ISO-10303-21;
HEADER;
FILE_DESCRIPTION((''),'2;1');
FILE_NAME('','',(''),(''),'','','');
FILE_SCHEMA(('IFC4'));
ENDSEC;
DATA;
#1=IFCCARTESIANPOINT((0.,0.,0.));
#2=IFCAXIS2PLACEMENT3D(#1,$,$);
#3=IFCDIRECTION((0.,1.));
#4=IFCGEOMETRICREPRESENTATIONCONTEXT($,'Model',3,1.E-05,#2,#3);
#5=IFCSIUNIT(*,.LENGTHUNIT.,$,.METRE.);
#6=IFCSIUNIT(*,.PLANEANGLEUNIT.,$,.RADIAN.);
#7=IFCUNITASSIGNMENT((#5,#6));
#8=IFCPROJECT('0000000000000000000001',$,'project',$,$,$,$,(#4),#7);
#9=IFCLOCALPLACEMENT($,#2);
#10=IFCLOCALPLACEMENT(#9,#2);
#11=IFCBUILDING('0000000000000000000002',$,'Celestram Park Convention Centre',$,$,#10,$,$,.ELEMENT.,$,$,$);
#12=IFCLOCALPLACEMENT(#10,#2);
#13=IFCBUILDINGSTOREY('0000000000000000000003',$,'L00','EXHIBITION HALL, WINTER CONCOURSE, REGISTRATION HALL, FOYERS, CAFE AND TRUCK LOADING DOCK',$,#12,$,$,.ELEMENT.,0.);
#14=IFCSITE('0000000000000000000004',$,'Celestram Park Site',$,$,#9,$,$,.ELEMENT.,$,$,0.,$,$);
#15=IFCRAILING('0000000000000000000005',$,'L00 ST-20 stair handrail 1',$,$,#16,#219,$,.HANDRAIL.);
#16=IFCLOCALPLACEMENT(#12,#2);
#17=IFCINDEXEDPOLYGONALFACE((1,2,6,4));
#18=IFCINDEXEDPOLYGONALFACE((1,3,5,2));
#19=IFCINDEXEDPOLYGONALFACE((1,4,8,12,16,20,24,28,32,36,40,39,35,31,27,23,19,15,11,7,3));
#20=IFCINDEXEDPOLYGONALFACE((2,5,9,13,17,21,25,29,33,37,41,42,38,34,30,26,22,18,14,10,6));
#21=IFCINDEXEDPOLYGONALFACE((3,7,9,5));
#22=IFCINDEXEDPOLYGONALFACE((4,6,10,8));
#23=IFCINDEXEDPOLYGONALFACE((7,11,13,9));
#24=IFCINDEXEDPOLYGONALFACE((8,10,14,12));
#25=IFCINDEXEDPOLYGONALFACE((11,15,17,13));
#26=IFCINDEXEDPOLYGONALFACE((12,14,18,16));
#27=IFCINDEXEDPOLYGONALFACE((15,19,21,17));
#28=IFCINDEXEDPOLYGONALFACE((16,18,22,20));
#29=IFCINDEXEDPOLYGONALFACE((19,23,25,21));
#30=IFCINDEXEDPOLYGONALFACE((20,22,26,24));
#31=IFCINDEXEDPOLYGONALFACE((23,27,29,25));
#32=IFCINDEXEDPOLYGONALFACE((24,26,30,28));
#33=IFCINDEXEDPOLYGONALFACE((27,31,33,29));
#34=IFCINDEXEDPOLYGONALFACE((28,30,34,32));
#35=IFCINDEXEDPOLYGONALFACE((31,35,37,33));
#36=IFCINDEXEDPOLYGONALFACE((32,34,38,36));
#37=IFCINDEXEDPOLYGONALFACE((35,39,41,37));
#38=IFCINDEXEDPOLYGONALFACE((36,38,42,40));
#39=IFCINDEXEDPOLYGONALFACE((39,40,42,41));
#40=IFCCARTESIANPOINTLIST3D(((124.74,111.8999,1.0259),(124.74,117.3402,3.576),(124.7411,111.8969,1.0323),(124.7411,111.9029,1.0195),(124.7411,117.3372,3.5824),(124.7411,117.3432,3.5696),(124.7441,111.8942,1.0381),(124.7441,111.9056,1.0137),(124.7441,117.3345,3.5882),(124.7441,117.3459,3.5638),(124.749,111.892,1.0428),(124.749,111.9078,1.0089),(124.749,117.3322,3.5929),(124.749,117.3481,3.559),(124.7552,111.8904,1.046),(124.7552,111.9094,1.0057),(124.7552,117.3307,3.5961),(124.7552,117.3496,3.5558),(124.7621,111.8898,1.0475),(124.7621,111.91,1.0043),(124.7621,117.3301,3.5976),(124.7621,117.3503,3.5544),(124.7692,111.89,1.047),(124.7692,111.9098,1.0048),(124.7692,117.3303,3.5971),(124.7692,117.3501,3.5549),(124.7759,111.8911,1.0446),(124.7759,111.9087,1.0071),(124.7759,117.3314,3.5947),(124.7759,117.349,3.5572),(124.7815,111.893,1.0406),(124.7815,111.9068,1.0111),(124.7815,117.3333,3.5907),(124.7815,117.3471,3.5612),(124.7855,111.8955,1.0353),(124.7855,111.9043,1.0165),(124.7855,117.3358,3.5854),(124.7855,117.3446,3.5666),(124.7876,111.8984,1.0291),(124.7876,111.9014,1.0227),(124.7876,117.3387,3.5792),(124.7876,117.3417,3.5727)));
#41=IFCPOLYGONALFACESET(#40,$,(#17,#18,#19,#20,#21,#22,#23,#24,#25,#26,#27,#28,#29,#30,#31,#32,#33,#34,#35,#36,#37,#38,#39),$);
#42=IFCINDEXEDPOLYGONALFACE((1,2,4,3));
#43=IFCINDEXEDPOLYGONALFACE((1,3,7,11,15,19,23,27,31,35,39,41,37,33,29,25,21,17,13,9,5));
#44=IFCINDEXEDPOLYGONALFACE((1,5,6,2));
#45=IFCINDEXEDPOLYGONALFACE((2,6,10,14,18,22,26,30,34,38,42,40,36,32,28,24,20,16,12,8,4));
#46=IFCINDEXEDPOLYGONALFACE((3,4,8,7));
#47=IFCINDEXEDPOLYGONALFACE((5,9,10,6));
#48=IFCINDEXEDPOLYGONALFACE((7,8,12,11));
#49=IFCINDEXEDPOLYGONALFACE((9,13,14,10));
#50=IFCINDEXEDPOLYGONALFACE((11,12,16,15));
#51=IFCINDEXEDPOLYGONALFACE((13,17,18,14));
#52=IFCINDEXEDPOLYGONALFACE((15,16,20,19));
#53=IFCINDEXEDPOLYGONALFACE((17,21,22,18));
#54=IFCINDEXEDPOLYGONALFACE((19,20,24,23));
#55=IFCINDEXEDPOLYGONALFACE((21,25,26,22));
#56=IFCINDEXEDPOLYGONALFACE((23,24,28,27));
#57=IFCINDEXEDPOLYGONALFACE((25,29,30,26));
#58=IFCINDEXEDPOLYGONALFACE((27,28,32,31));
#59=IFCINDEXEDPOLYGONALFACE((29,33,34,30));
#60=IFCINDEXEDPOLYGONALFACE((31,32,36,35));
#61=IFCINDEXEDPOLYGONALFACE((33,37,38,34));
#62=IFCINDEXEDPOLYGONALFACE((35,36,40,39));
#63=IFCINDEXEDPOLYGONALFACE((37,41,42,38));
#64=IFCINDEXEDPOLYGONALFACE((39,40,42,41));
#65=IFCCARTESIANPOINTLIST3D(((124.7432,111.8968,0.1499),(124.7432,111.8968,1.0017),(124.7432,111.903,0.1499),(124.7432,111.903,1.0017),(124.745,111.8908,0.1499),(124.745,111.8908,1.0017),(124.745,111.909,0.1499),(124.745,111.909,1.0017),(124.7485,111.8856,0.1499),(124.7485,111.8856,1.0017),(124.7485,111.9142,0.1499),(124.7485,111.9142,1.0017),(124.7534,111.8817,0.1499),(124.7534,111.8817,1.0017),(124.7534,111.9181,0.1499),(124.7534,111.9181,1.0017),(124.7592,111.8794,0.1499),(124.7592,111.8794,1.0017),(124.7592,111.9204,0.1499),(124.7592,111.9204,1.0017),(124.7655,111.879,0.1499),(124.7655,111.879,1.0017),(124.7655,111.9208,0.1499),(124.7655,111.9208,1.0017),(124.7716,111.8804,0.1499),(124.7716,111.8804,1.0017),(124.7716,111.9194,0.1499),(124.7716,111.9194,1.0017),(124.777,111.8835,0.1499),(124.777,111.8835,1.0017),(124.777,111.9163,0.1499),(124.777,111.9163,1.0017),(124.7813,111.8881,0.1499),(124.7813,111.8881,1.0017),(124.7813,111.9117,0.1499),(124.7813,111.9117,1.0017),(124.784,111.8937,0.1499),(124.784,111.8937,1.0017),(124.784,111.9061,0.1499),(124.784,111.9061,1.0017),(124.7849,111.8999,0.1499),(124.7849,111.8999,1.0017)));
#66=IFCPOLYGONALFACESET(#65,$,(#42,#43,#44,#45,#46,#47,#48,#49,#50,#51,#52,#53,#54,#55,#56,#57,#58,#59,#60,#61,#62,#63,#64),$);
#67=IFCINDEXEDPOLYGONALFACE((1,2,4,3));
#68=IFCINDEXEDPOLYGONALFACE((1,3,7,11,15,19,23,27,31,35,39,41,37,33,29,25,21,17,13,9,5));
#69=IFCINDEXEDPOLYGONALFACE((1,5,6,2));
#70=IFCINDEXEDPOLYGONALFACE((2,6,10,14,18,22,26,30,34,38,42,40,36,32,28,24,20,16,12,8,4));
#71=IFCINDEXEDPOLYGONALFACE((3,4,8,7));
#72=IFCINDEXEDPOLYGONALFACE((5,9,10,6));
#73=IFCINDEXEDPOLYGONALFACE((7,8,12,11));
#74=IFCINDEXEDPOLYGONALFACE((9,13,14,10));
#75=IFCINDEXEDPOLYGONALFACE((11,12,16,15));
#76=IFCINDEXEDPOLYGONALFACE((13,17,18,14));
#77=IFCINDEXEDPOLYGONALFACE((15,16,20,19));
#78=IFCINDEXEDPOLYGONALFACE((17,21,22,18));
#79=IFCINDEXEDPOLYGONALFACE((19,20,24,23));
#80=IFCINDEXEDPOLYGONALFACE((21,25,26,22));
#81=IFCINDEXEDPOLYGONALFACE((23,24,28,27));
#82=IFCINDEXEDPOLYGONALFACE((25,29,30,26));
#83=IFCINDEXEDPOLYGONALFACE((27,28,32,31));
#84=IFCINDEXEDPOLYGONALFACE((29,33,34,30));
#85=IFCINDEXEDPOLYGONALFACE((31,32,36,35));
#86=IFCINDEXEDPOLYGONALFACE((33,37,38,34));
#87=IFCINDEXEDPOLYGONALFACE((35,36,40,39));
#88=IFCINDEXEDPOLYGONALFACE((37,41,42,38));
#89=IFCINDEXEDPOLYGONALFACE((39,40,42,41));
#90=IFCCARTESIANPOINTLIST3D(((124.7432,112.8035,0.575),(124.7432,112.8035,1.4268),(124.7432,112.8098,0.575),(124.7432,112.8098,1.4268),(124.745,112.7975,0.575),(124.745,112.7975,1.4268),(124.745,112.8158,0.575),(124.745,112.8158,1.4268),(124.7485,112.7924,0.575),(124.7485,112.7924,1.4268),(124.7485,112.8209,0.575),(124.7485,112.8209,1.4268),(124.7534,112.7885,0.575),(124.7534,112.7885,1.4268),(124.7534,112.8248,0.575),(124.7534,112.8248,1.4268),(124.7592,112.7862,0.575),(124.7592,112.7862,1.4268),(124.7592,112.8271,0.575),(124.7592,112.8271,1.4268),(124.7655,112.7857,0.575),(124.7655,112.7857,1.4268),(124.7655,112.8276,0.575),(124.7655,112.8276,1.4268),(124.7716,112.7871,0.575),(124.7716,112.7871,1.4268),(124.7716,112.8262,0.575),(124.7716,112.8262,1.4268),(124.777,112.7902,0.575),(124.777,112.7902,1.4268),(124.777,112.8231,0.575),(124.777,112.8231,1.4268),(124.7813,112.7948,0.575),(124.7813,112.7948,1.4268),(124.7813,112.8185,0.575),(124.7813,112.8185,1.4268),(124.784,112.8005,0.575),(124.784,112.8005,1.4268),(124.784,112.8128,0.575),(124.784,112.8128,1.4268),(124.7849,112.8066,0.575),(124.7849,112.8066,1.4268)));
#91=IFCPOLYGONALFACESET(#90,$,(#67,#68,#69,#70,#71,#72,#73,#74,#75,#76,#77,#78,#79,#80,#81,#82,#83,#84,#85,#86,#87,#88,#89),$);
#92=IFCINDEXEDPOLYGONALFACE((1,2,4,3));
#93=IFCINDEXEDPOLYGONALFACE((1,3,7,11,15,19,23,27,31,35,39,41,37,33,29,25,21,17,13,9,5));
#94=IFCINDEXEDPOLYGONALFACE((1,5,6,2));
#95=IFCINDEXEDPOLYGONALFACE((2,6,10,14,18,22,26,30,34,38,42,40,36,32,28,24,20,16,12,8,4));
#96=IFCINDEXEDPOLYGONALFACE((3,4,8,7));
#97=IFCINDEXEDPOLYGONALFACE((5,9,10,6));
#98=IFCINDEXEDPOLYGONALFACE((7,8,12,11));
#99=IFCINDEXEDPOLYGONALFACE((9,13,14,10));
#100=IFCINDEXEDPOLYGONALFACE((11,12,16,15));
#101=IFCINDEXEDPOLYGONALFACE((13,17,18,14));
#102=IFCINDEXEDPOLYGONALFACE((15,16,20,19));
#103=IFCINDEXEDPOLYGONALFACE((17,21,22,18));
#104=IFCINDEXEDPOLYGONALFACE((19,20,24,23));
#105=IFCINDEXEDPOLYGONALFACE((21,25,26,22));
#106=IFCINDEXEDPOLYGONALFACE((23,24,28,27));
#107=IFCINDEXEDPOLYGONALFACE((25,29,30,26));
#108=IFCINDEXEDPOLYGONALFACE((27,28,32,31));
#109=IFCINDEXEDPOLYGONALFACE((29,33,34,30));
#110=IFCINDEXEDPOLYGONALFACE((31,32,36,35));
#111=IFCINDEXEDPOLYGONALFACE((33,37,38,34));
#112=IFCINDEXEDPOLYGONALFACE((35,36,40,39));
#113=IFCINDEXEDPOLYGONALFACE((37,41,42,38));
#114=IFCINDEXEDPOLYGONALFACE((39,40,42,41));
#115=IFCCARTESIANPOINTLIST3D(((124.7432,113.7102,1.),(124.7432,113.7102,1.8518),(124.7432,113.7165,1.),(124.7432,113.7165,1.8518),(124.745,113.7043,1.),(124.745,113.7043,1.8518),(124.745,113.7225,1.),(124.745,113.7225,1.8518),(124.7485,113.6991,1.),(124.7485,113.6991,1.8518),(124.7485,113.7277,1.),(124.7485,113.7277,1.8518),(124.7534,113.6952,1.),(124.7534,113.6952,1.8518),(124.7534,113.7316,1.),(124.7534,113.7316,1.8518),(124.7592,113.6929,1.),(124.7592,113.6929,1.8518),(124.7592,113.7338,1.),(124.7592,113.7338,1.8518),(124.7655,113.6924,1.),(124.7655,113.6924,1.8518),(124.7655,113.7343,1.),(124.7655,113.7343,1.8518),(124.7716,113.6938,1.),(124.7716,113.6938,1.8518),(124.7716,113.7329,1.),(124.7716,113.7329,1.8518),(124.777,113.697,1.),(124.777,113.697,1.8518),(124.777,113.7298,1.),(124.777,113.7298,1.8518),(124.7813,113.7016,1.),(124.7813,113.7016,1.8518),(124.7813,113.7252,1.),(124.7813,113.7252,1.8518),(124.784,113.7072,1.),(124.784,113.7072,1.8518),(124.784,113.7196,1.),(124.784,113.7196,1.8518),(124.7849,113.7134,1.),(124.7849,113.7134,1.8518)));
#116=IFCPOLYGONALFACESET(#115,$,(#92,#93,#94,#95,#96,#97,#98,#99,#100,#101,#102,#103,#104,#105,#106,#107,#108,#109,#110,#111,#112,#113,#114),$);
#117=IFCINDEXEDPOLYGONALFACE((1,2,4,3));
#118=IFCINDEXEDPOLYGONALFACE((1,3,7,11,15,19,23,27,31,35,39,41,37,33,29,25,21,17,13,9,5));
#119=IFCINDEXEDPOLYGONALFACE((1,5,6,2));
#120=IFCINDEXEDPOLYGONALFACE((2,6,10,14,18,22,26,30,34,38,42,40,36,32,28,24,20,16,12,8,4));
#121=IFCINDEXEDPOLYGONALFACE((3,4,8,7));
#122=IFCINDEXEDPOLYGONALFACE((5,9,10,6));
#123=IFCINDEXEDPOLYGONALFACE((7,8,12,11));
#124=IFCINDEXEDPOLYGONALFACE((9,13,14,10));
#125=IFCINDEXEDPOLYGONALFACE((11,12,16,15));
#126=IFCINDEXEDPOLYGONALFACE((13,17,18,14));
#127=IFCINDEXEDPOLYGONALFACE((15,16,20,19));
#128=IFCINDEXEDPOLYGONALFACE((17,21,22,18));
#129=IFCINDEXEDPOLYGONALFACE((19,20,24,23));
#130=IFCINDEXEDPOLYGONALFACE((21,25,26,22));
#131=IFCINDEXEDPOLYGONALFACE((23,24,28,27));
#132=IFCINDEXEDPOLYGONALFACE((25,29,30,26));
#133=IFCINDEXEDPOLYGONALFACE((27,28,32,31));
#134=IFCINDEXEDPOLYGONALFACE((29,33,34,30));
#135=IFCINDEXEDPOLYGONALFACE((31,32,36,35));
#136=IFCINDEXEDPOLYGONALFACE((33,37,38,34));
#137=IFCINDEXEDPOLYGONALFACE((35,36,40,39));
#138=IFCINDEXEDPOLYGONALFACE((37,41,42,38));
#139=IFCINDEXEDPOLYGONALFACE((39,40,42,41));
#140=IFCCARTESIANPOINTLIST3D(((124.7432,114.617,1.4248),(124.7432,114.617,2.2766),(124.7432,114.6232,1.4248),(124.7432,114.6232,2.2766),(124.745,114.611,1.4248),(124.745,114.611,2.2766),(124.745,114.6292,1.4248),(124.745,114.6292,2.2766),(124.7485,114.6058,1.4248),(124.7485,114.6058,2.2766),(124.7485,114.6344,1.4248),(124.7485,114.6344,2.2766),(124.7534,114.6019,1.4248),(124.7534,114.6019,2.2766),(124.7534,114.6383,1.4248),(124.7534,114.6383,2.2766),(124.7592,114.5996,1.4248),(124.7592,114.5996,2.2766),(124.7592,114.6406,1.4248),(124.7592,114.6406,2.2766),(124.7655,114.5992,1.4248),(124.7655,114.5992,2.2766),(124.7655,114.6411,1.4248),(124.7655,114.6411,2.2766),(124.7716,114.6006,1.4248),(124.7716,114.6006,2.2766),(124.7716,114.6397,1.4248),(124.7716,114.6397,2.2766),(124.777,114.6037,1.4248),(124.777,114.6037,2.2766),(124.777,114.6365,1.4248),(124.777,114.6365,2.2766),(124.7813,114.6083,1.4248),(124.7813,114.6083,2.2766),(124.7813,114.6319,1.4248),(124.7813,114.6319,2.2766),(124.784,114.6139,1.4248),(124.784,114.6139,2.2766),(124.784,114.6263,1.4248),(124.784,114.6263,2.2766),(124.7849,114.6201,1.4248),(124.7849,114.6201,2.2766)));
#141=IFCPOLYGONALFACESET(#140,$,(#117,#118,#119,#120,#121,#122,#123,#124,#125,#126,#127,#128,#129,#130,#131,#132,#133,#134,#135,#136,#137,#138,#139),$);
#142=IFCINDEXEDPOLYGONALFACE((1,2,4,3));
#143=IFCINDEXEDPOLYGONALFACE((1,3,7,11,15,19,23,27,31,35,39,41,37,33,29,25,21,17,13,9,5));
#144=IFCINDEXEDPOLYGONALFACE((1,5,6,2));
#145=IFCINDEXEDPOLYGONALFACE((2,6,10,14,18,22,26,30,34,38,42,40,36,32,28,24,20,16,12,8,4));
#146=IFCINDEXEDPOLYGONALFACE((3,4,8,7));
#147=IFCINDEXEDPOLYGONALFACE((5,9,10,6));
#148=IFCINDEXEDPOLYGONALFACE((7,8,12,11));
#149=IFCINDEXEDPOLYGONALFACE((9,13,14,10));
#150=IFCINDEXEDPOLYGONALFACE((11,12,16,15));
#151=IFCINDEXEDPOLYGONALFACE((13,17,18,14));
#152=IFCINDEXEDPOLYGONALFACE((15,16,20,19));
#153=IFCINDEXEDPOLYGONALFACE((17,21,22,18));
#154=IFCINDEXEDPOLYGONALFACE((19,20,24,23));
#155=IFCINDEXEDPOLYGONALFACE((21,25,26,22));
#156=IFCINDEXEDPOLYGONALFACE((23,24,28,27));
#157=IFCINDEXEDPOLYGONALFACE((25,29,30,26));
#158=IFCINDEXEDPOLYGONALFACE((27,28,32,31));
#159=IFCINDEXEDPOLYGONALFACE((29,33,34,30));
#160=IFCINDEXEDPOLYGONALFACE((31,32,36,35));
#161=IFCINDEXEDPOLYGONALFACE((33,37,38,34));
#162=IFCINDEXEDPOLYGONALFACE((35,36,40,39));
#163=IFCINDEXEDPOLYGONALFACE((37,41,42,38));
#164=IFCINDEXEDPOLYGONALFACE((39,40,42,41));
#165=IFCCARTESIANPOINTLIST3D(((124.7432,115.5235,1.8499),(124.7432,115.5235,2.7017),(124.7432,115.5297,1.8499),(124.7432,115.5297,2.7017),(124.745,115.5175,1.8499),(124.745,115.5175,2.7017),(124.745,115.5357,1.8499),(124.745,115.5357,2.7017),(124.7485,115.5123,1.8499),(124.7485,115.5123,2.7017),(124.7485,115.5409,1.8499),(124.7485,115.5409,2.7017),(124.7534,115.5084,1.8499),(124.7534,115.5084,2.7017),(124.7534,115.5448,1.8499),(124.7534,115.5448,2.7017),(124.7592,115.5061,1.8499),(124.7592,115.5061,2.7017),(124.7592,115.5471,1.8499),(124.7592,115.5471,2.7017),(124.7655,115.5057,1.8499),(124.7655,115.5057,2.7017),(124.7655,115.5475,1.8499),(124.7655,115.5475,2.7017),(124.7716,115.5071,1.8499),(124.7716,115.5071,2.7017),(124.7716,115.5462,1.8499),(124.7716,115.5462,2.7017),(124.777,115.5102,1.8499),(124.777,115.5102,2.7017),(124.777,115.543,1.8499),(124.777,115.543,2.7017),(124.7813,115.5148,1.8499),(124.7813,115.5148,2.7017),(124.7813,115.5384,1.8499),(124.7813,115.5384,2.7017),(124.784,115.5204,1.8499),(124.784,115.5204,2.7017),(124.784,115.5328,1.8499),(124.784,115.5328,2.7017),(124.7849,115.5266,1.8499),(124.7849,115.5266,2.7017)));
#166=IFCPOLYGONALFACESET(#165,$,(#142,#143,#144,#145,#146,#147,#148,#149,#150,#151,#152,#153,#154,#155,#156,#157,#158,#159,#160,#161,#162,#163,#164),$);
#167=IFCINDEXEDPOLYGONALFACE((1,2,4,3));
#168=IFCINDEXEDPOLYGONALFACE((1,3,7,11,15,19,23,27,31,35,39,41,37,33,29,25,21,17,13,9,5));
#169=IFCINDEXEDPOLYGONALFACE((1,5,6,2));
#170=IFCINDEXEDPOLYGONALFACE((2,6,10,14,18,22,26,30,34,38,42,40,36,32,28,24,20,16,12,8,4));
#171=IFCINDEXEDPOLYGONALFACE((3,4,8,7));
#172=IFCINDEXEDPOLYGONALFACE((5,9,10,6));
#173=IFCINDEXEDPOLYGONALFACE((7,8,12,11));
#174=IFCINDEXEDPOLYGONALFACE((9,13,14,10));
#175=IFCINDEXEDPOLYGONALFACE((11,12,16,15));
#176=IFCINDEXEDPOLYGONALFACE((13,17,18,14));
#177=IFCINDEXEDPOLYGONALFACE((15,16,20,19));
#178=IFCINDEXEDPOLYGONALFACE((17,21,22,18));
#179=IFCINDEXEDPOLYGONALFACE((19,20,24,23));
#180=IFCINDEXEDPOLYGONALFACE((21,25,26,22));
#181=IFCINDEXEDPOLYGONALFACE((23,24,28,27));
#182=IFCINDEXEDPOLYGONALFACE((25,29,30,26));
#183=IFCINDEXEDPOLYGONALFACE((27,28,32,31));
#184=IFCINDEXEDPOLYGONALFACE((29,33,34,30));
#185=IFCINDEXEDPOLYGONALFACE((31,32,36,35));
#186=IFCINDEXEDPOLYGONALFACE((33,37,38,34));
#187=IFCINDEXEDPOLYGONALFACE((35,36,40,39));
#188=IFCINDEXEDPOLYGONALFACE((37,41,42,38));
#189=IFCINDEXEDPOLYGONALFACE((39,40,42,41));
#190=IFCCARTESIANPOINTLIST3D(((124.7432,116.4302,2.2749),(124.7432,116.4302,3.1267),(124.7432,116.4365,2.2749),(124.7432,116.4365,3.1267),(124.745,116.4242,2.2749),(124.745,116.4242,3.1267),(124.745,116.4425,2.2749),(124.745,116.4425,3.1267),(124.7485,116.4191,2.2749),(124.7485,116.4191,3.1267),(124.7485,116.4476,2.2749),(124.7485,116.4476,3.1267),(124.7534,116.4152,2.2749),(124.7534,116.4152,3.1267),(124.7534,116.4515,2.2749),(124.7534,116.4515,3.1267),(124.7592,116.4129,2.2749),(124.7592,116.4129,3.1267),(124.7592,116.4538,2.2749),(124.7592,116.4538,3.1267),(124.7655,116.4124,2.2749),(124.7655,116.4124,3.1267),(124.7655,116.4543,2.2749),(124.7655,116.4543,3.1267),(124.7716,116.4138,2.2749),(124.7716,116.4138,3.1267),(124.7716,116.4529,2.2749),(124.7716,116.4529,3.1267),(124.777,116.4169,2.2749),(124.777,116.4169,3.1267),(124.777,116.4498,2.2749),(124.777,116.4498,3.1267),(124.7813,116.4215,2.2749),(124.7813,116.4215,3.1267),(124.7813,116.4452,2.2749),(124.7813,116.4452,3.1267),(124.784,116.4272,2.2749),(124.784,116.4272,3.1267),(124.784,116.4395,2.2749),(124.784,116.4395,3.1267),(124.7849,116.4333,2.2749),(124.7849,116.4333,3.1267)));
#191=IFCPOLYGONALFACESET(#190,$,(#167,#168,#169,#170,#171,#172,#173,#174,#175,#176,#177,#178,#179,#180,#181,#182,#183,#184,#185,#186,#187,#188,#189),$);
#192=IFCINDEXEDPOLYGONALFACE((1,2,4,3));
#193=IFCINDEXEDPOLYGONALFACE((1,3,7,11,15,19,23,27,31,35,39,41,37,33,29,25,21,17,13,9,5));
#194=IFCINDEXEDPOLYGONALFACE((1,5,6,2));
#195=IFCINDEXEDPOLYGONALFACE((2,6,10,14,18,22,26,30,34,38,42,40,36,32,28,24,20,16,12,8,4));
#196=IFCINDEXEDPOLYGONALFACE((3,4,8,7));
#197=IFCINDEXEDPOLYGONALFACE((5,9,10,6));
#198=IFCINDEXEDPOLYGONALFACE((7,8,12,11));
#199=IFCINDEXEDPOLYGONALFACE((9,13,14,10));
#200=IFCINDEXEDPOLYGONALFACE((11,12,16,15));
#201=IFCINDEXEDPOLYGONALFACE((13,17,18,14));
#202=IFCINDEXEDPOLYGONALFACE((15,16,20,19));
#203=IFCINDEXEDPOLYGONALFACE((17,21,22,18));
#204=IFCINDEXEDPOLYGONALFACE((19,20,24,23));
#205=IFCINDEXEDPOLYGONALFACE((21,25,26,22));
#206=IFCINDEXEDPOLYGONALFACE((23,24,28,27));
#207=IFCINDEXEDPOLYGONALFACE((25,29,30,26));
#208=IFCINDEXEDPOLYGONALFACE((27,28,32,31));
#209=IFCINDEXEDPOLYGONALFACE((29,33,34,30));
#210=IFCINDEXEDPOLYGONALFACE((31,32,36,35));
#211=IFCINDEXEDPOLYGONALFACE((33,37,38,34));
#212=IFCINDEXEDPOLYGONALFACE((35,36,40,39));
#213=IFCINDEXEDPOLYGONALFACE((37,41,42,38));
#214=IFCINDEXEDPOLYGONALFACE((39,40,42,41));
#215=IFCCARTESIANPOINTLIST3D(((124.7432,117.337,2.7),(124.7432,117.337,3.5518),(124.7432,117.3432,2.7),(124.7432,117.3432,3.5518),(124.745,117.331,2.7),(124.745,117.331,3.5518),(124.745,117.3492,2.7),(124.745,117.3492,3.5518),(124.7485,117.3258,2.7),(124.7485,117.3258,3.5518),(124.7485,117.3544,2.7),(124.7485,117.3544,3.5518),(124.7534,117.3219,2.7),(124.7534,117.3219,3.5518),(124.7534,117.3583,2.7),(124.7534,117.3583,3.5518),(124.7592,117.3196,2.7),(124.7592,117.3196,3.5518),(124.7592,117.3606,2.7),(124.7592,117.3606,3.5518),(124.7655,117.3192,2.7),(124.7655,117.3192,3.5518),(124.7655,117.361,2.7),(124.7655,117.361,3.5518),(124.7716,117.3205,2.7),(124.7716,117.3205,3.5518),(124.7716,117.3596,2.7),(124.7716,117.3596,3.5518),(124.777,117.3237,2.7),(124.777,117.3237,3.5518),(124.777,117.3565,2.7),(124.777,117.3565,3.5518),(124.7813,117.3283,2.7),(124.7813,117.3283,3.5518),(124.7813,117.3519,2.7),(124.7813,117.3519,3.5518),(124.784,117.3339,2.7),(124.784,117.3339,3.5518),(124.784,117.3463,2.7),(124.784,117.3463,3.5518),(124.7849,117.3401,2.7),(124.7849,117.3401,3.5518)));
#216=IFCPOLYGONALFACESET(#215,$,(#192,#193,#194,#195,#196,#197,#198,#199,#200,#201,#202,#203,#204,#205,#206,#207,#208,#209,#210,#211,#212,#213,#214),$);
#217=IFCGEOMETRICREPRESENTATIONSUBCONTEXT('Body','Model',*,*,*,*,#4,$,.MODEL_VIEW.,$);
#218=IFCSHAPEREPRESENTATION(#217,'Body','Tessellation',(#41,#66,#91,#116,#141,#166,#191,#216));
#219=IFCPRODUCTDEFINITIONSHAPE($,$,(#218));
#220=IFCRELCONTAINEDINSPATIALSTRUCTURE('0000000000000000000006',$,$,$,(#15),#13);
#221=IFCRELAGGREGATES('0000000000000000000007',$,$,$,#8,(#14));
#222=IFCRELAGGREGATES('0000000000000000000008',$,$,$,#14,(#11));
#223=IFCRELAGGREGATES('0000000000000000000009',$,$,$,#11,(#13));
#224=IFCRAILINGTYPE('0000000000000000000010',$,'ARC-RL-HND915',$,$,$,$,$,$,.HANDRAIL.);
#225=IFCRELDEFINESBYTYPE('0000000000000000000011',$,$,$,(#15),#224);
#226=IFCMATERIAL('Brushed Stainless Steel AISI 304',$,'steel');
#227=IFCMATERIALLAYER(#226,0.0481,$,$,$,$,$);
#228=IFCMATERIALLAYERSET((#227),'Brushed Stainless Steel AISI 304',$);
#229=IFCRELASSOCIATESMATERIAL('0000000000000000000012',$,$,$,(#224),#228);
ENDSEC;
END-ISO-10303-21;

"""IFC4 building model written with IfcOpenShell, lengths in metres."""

from ifc_helpers import new_model, si_unit, direction, frame, origin, origin_2d, place, context, subcontext, project, spatial, circle, extrude, material, layer, layer_set, type_object, element, save


model = new_model("IFC4")

# Units and contexts
model_context = context("Model", 3, precision=1e-05, world=origin(), true_north=direction((0.0, 1.0)))
body_context = subcontext(model_context, "Body", "Model", "MODEL_VIEW")
ifc_project = project(units=[si_unit("LENGTHUNIT", "METRE"), si_unit("PLANEANGLEUNIT", "RADIAN")], contexts=[model_context])

# Site, building, storey
site_placement = place(None, origin())
site = spatial("IfcSite", under=ifc_project, at=site_placement, Name="Celestram Park Site", CompositionType="ELEMENT", RefElevation=0.0)
building_placement = place(site_placement, origin())
building = spatial("IfcBuilding", under=site, at=building_placement, Name="Celestram Park Convention Centre", CompositionType="ELEMENT")
storey_placement = place(building_placement, origin())
storey = spatial("IfcBuildingStorey", under=building, at=storey_placement, Name="L00", Description="EXHIBITION HALL, WINTER CONCOURSE, REGISTRATION HALL, FOYERS, CAFE AND TRUCK LOADING DOCK", CompositionType="ELEMENT", Elevation=0.0)

# Railing
ifc_material_1 = material(Name="Brushed Stainless Steel AISI 304", Category="steel")
ifc_layer_1 = layer(ifc_material_1, 0.0481)
ifc_layer_set_1 = layer_set([ifc_layer_1], Name="Brushed Stainless Steel AISI 304")
railing_type_1 = type_object("IfcRailingType", Name="ARC-RL-HND915", PredefinedType="HANDRAIL", material=ifc_layer_set_1)
railing_1_placement = place(storey_placement, frame((124.7639, 111.8999, 0.1499)))
element("IfcRailing", 1, at=railing_1_placement, inside=storey, type_object=railing_type_1, Name="L00 ST-20 stair handrail 1", PredefinedType="HANDRAIL", context=body_context, shape_type="SweptSolid", body=[
    extrude(circle(Radius=0.0239, at=origin_2d()), frame((0.0, 0.0, 0.876), z_axis=(0.0, 0.905461, 0.424429), x_axis=(-1.0, 0.0, 0.0)), (0.0, 0.0, 1.0), 6.0083),
    extrude(circle(Radius=0.021, at=origin_2d()), origin(), (0.0, 0.0, 1.0), 0.8518),
    extrude(circle(Radius=0.021, at=origin_2d()), frame((0.0, 0.9067, 0.425)), (0.0, 0.0, 1.0), 0.8518),
    extrude(circle(Radius=0.021, at=origin_2d()), frame((0.0, 1.8135, 0.8501)), (0.0, 0.0, 1.0), 0.8518),
    extrude(circle(Radius=0.021, at=origin_2d()), frame((0.0, 2.7202, 1.2749)), (0.0, 0.0, 1.0), 0.8518),
    extrude(circle(Radius=0.021, at=origin_2d()), frame((0.0, 3.6267, 1.7)), (0.0, 0.0, 1.0), 0.8518),
    extrude(circle(Radius=0.021, at=origin_2d()), frame((0.0, 4.5334, 2.125)), (0.0, 0.0, 1.0), 0.8518),
    extrude(circle(Radius=0.021, at=origin_2d()), frame((0.0, 5.4402, 2.55)), (0.0, 0.0, 1.0), 0.8518),
])

save(model, "model.ifc")
